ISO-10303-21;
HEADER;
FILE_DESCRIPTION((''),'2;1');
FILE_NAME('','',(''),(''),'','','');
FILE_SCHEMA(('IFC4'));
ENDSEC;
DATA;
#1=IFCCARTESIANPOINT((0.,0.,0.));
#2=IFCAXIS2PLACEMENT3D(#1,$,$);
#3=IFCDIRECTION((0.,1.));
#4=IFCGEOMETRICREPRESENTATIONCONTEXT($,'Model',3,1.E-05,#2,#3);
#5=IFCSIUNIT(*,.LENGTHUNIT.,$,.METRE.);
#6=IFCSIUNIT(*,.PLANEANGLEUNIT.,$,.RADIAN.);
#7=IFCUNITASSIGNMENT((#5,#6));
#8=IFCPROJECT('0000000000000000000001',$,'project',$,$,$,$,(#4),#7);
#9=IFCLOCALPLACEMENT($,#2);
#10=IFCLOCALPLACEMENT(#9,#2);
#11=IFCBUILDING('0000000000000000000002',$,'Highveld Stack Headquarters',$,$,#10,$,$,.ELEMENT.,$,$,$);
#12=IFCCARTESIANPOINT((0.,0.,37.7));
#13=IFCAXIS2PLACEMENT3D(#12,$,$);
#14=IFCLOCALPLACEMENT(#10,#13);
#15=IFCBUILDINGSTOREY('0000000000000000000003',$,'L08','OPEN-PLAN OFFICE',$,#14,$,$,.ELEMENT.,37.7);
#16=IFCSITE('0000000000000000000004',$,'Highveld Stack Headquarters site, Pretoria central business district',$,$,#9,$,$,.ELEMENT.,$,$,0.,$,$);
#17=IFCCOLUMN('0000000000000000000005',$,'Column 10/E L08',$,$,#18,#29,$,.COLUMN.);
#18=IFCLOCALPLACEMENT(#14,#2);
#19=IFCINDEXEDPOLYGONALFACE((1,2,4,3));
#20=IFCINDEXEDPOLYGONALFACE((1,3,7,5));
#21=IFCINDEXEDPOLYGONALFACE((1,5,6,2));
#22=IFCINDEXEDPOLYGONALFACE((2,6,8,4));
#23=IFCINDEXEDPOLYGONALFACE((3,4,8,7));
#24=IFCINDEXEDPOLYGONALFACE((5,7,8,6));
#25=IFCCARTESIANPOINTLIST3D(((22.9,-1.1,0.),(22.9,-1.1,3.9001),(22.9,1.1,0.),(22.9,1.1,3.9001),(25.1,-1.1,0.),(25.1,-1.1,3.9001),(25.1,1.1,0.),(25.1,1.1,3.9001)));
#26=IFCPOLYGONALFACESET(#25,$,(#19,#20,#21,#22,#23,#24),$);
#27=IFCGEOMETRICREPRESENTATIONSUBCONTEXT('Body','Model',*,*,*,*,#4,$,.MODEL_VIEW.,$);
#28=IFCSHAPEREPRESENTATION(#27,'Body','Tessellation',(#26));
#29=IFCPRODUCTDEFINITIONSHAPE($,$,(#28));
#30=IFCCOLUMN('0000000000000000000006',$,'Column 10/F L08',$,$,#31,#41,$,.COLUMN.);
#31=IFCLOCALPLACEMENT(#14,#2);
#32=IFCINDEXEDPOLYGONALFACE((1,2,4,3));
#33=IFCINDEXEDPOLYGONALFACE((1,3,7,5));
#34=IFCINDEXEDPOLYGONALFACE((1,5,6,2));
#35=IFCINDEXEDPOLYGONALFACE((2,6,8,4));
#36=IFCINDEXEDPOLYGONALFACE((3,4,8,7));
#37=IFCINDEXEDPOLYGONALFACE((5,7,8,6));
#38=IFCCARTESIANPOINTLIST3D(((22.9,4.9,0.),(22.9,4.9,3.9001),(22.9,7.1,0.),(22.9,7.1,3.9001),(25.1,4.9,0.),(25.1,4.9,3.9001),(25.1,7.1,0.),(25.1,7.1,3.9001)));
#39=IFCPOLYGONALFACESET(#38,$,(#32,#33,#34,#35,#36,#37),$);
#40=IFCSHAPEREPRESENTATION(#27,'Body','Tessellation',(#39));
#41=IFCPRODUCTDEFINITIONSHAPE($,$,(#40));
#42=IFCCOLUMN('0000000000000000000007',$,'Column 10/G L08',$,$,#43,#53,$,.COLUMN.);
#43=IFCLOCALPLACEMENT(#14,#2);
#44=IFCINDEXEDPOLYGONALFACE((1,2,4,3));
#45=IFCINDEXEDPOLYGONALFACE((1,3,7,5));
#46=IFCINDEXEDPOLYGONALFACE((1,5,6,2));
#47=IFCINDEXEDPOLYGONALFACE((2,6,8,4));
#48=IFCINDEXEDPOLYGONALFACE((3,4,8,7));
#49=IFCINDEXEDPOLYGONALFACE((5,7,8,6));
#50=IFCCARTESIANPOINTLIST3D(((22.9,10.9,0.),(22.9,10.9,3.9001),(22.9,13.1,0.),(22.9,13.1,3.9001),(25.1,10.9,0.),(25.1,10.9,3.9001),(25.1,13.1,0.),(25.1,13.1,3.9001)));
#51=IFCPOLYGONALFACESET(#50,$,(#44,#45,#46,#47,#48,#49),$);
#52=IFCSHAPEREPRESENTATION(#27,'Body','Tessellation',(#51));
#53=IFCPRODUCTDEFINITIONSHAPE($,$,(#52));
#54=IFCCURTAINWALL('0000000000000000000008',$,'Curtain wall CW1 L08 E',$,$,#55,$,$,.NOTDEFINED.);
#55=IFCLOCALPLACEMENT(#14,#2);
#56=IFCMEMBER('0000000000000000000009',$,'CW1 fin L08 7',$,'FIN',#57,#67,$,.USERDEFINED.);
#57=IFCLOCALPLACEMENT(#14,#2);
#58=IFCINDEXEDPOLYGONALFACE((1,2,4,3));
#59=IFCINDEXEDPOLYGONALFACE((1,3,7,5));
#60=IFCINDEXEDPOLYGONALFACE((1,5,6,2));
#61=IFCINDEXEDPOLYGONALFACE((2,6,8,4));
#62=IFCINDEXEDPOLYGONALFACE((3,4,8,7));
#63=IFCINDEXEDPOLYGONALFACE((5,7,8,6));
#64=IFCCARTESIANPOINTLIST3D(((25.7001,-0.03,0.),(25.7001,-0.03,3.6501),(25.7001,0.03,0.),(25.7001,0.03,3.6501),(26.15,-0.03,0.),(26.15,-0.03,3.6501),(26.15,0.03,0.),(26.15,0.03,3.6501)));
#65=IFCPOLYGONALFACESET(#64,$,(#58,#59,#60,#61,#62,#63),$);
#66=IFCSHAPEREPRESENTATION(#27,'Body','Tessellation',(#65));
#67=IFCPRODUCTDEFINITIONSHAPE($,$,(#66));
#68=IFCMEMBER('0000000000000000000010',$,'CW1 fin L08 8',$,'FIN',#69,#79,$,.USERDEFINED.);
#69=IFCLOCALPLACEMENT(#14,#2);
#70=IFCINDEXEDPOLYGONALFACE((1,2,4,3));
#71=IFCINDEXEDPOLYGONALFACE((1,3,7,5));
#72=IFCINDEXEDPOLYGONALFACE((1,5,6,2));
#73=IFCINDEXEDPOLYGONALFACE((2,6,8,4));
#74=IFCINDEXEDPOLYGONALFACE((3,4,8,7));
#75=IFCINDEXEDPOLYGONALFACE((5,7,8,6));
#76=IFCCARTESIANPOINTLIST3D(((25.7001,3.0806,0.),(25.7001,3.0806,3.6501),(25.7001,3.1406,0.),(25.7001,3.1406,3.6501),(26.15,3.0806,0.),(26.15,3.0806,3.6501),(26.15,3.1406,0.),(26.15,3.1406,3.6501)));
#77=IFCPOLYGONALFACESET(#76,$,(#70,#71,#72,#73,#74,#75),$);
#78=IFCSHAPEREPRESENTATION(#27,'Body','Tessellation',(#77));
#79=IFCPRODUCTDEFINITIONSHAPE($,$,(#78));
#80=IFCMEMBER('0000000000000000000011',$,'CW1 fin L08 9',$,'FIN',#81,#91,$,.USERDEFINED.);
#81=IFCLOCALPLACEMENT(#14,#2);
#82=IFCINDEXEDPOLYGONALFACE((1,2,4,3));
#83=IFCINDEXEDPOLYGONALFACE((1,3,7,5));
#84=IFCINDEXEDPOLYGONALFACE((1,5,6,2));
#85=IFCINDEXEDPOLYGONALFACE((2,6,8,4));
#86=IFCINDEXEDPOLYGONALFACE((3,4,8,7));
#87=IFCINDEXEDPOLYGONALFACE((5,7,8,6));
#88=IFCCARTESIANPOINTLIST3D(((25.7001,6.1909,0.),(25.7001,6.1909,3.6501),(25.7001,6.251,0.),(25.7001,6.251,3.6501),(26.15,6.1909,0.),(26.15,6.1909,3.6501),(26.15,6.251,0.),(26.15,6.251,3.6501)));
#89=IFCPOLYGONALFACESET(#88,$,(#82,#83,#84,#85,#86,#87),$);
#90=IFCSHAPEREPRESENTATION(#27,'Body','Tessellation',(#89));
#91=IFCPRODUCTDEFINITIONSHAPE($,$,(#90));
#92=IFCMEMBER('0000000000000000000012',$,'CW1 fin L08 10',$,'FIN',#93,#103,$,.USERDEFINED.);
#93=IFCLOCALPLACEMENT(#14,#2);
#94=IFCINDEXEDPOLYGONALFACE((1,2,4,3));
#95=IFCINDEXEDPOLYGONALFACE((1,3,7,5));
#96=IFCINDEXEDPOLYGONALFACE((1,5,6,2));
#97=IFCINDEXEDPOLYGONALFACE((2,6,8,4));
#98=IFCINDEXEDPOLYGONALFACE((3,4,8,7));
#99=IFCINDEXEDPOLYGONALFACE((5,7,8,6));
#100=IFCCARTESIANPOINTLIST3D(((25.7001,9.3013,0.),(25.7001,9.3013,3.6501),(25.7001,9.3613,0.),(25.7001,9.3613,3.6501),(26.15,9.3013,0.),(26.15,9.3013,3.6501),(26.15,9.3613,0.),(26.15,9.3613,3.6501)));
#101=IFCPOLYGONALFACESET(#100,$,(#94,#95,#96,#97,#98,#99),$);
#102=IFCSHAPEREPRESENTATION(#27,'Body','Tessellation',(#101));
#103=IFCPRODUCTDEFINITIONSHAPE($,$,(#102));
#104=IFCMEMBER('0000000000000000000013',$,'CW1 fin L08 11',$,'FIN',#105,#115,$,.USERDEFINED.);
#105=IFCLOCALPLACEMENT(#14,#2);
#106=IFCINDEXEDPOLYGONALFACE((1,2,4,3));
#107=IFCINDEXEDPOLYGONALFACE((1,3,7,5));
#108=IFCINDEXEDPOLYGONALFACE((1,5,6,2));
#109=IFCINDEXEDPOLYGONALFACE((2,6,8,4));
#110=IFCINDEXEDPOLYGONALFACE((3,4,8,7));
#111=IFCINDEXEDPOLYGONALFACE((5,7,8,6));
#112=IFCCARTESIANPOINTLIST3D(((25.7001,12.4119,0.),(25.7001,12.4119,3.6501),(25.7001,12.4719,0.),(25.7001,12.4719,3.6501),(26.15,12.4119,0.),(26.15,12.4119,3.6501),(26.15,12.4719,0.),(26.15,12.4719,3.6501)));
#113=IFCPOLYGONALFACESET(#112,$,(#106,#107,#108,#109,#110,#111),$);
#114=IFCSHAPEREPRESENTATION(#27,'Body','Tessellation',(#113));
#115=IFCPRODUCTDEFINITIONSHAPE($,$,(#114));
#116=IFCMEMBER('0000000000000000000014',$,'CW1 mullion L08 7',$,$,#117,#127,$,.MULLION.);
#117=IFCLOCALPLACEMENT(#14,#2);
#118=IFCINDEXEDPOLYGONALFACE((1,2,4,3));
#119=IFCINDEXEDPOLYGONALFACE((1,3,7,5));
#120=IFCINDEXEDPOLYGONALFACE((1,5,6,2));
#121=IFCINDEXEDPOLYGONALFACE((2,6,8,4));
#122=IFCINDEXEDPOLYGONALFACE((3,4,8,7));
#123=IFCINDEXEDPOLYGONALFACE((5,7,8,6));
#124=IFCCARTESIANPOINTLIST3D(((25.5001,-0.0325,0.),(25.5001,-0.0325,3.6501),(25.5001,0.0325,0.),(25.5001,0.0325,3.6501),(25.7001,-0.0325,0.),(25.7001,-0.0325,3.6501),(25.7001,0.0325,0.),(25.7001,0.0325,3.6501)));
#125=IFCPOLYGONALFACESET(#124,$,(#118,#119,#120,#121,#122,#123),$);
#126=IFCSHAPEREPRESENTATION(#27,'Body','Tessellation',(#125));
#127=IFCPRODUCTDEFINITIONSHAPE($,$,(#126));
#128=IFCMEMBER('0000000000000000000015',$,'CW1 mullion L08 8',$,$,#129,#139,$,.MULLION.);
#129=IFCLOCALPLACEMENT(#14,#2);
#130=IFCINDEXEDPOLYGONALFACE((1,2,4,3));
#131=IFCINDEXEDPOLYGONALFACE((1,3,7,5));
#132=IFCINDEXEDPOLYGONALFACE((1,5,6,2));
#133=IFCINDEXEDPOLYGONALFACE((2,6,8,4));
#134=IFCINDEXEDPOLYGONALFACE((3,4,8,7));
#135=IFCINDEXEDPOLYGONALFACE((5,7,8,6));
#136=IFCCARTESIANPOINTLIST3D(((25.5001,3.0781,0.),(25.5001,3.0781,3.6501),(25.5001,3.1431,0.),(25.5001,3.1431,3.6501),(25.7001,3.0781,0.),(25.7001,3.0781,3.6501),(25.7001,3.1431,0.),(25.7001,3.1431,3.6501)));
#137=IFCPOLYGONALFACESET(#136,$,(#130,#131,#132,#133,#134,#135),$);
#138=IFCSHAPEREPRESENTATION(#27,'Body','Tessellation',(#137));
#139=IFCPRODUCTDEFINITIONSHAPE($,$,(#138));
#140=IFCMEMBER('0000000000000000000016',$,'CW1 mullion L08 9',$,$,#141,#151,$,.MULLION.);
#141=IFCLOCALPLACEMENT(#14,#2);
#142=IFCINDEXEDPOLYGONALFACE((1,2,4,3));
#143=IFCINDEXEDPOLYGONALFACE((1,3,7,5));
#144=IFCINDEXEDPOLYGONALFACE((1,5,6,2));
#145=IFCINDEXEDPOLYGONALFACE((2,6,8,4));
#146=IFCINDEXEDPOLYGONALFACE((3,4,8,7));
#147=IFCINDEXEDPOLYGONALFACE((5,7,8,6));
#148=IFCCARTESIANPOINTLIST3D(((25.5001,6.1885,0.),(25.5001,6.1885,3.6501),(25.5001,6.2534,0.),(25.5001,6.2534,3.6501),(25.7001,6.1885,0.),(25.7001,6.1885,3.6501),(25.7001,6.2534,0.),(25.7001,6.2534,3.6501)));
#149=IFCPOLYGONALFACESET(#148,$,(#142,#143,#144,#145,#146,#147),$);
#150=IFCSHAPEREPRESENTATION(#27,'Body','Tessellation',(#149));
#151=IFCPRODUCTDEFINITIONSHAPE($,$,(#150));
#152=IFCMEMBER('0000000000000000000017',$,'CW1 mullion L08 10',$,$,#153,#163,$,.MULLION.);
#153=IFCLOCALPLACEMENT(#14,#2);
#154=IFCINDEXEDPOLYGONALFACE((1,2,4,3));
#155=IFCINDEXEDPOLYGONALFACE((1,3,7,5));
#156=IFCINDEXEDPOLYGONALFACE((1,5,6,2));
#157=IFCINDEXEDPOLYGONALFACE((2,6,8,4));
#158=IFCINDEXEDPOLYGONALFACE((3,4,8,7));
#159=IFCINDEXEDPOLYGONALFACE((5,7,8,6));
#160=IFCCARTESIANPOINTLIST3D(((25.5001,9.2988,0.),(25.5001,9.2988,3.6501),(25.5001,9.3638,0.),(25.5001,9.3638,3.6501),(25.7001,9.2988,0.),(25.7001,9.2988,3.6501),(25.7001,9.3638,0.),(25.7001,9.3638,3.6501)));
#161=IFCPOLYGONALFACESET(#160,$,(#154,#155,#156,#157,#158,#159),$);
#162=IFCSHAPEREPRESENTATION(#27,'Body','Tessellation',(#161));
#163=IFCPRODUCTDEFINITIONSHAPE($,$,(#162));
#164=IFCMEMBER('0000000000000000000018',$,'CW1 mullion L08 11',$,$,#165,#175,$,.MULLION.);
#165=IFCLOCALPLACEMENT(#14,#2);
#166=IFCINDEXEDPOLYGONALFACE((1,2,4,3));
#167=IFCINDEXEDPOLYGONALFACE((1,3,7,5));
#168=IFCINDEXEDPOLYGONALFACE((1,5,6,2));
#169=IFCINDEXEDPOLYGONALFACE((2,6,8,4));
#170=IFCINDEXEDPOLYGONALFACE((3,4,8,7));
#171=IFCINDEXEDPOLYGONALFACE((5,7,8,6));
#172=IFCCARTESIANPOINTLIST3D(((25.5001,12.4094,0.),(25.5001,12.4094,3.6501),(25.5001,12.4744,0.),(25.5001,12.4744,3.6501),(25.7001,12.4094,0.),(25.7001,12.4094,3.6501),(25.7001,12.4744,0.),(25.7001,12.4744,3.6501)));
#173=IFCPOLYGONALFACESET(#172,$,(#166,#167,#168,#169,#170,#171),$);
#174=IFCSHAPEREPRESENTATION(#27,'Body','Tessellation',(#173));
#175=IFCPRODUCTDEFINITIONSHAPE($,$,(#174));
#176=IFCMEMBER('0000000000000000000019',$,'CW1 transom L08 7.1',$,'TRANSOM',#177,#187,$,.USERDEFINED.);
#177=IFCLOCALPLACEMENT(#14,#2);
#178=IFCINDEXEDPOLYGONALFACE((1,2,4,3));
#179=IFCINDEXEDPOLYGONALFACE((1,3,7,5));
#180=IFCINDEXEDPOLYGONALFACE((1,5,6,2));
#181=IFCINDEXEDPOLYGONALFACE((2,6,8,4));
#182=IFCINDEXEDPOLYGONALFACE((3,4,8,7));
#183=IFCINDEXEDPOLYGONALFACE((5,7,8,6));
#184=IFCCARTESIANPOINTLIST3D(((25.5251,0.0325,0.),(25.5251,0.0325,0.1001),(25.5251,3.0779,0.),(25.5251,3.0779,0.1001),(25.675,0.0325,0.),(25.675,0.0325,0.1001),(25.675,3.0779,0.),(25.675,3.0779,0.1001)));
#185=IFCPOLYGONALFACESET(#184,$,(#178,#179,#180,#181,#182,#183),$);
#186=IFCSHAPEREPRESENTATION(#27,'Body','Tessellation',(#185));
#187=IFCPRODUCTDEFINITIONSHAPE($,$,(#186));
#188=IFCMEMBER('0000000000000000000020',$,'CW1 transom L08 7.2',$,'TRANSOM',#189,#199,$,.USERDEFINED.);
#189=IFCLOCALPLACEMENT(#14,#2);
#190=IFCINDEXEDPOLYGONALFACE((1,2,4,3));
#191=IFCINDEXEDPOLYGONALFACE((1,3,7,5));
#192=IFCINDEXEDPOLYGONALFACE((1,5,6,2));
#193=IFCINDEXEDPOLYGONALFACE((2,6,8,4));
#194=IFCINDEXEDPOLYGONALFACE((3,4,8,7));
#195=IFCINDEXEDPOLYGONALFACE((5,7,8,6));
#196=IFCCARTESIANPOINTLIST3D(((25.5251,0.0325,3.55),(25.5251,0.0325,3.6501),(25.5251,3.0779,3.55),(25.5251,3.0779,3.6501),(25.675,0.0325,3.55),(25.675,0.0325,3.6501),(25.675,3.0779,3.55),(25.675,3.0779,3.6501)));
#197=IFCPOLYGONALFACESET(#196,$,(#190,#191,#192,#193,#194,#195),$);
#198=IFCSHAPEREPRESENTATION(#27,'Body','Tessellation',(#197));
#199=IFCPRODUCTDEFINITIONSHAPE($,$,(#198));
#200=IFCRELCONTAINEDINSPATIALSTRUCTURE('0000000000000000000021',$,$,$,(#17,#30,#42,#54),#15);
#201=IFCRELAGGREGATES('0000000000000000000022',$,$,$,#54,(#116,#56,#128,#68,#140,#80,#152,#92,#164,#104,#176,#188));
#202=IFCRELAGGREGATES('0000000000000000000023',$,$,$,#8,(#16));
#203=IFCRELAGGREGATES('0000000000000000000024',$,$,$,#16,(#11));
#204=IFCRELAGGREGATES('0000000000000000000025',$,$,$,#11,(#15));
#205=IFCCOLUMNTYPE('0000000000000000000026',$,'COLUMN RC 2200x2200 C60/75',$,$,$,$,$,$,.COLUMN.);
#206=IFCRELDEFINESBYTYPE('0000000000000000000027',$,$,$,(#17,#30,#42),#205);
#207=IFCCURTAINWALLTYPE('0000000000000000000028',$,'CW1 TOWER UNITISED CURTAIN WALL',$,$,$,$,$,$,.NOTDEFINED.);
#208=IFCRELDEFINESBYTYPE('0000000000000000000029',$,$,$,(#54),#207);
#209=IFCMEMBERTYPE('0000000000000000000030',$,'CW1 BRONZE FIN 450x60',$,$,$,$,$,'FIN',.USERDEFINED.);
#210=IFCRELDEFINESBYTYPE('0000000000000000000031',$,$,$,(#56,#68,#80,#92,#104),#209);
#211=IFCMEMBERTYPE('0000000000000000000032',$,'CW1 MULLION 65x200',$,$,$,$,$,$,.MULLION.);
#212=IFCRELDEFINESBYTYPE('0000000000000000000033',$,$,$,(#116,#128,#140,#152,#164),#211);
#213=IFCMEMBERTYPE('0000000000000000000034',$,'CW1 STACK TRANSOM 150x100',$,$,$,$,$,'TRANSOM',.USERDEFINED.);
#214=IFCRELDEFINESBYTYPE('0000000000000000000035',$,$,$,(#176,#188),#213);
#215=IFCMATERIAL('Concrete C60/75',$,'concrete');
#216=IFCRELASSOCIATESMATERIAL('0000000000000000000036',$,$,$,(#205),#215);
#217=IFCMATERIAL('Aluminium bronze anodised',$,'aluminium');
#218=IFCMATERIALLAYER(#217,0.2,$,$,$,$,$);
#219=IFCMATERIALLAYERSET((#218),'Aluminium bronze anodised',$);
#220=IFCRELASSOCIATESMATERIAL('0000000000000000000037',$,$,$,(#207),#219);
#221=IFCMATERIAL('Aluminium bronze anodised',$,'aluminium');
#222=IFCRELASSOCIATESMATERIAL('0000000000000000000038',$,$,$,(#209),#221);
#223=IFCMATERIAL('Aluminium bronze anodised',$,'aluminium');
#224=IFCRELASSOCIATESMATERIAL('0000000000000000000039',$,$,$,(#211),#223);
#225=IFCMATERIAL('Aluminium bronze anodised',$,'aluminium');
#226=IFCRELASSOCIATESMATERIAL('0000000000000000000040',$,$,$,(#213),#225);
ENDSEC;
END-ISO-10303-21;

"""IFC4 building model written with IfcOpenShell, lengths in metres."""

from ifc_helpers import new_model, si_unit, direction, frame, origin, origin_2d, place, context, subcontext, project, spatial, rectangle, extrude, material, layer, layer_set, material_profile, profile_set, type_object, element, aggregate, save


model = new_model("IFC4")

# Units and contexts
model_context = context("Model", 3, precision=1e-05, world=origin(), true_north=direction((0.0, 1.0)))
body_context = subcontext(model_context, "Body", "Model", "MODEL_VIEW")
ifc_project = project(units=[si_unit("LENGTHUNIT", "METRE"), si_unit("PLANEANGLEUNIT", "RADIAN")], contexts=[model_context])

# Site, building, storey
site_placement = place(None, origin())
site = spatial("IfcSite", under=ifc_project, at=site_placement, Name="Highveld Stack Headquarters site, Pretoria central business district", CompositionType="ELEMENT", RefElevation=0.0)
building_placement = place(site_placement, origin())
building = spatial("IfcBuilding", under=site, at=building_placement, Name="Highveld Stack Headquarters", CompositionType="ELEMENT")
storey_placement = place(building_placement, frame((0.0, 0.0, 37.7)))
storey = spatial("IfcBuildingStorey", under=building, at=storey_placement, Name="L08", Description="OPEN-PLAN OFFICE", CompositionType="ELEMENT", Elevation=37.7)

# Columns
ifc_material_1 = material(Name="Concrete C60/75", Category="concrete")
ifc_material_profile_1 = material_profile(ifc_material_1, rectangle(XDim=2.2, YDim=2.2, at=origin_2d()), Name="RC 2200x2200")
ifc_profile_set_1 = profile_set([ifc_material_profile_1], Name="Concrete C60/75")
column_type = type_object("IfcColumnType", Name="COLUMN RC 2200x2200 C60/75", PredefinedType="COLUMN", material=ifc_profile_set_1)
for number, where, z_axis, x_axis, name in (
    (1, (24.0, 0.0, 0.0), (0.0, 0.0, 1.0), (1.0, 0.0, 0.0), "Column 10/E L08"),
    (2, (24.0, 6.0, 0.0), (0.0, 0.0, 1.0), (1.0, 0.0, 0.0), "Column 10/F L08"),
    (3, (24.0, 12.0, 0.0), (0.0, 0.0, 1.0), (1.0, 0.0, 0.0), "Column 10/G L08"),
):
    element("IfcColumn", number, at=place(storey_placement, frame(where, z_axis=z_axis, x_axis=x_axis)), inside=storey, type_object=column_type, Name=name, PredefinedType="COLUMN", context=body_context, shape_type="SweptSolid", body=[
        extrude(rectangle(XDim=2.2, YDim=2.2, at=origin_2d()), origin(), (0.0, 0.0, 1.0), 3.9001),
    ])

# Curtain wall, members
ifc_material_2 = material(Name="Aluminium bronze anodised", Category="aluminium")
ifc_layer_1 = layer(ifc_material_2, 0.2)
ifc_layer_set_1 = layer_set([ifc_layer_1], Name="Aluminium bronze anodised")
curtain_wall_type = type_object("IfcCurtainWallType", Name="CW1 TOWER UNITISED CURTAIN WALL", PredefinedType="NOTDEFINED", material=ifc_layer_set_1)
curtain_wall_placement = place(storey_placement, origin())
curtain_wall = element("IfcCurtainWall", 4, at=curtain_wall_placement, inside=storey, type_object=curtain_wall_type, Name="Curtain wall CW1 L08 E", PredefinedType="NOTDEFINED")
ifc_material_3 = material(Name="Aluminium bronze anodised", Category="aluminium")
ifc_material_profile_2 = material_profile(ifc_material_3, rectangle(XDim=0.45, YDim=0.0601, at=origin_2d()), Name="FIN 450x60")
ifc_profile_set_2 = profile_set([ifc_material_profile_2], Name="Aluminium bronze anodised")
member_type_1 = type_object("IfcMemberType", Name="CW1 BRONZE FIN 450x60", ElementType="FIN", PredefinedType="USERDEFINED", material=ifc_profile_set_2)
member_1_placement = place(storey_placement, frame((25.925, 0.0, 0.0), z_axis=(0.0, 0.0, 1.0), x_axis=(-1.0, 0.0, 0.0)))
member_1 = element("IfcMember", 5, at=member_1_placement, type_object=member_type_1, Name="CW1 fin L08 7", ObjectType="FIN", PredefinedType="USERDEFINED", context=body_context, shape_type="SweptSolid", body=[
    extrude(rectangle(XDim=0.45, YDim=0.0601, at=origin_2d()), origin(), (0.0, 0.0, 1.0), 3.6501),
])
member_2_placement = place(storey_placement, frame((25.925, 3.1106, 0.0), z_axis=(0.0, 0.0, 1.0), x_axis=(-1.0, 0.0, 0.0)))
member_2 = element("IfcMember", 6, at=member_2_placement, type_object=member_type_1, Name="CW1 fin L08 8", ObjectType="FIN", PredefinedType="USERDEFINED", context=body_context, shape_type="SweptSolid", body=[
    extrude(rectangle(XDim=0.45, YDim=0.0601, at=origin_2d()), origin(), (0.0, 0.0, 1.0), 3.6501),
])
member_3_placement = place(storey_placement, frame((25.925, 6.2209, 0.0), z_axis=(0.0, 0.0, 1.0), x_axis=(-1.0, 0.0, 0.0)))
member_3 = element("IfcMember", 7, at=member_3_placement, type_object=member_type_1, Name="CW1 fin L08 9", ObjectType="FIN", PredefinedType="USERDEFINED", context=body_context, shape_type="SweptSolid", body=[
    extrude(rectangle(XDim=0.45, YDim=0.0601, at=origin_2d()), origin(), (0.0, 0.0, 1.0), 3.6501),
])
member_4_placement = place(storey_placement, frame((25.925, 9.3313, 0.0), z_axis=(0.0, 0.0, 1.0), x_axis=(-1.0, 0.0, 0.0)))
member_4 = element("IfcMember", 8, at=member_4_placement, type_object=member_type_1, Name="CW1 fin L08 10", ObjectType="FIN", PredefinedType="USERDEFINED", context=body_context, shape_type="SweptSolid", body=[
    extrude(rectangle(XDim=0.45, YDim=0.0601, at=origin_2d()), origin(), (0.0, 0.0, 1.0), 3.6501),
])
member_5_placement = place(storey_placement, frame((25.925, 12.4419, 0.0), z_axis=(0.0, 0.0, 1.0), x_axis=(-1.0, 0.0, 0.0)))
member_5 = element("IfcMember", 9, at=member_5_placement, type_object=member_type_1, Name="CW1 fin L08 11", ObjectType="FIN", PredefinedType="USERDEFINED", context=body_context, shape_type="SweptSolid", body=[
    extrude(rectangle(XDim=0.45, YDim=0.0601, at=origin_2d()), origin(), (0.0, 0.0, 1.0), 3.6501),
])
ifc_material_4 = material(Name="Aluminium bronze anodised", Category="aluminium")
ifc_material_profile_3 = material_profile(ifc_material_4, rectangle(XDim=0.2, YDim=0.0649, at=origin_2d()), Name="CW1 MULLION 65x200")
ifc_profile_set_3 = profile_set([ifc_material_profile_3], Name="Aluminium bronze anodised")
member_type_2 = type_object("IfcMemberType", Name="CW1 MULLION 65x200", PredefinedType="MULLION", material=ifc_profile_set_3)
member_6_placement = place(storey_placement, frame((25.6001, 0.0, 0.0), z_axis=(0.0, 0.0, 1.0), x_axis=(-1.0, 0.0, 0.0)))
member_6 = element("IfcMember", 10, at=member_6_placement, type_object=member_type_2, Name="CW1 mullion L08 7", PredefinedType="MULLION", context=body_context, shape_type="SweptSolid", body=[
    extrude(rectangle(XDim=0.2, YDim=0.0649, at=origin_2d()), origin(), (0.0, 0.0, 1.0), 3.6501),
])
member_7_placement = place(storey_placement, frame((25.6001, 3.1106, 0.0), z_axis=(0.0, 0.0, 1.0), x_axis=(-1.0, 0.0, 0.0)))
member_7 = element("IfcMember", 11, at=member_7_placement, type_object=member_type_2, Name="CW1 mullion L08 8", PredefinedType="MULLION", context=body_context, shape_type="SweptSolid", body=[
    extrude(rectangle(XDim=0.2, YDim=0.0649, at=origin_2d()), origin(), (0.0, 0.0, 1.0), 3.6501),
])
member_8_placement = place(storey_placement, frame((25.6001, 6.2209, 0.0), z_axis=(0.0, 0.0, 1.0), x_axis=(-1.0, 0.0, 0.0)))
member_8 = element("IfcMember", 12, at=member_8_placement, type_object=member_type_2, Name="CW1 mullion L08 9", PredefinedType="MULLION", context=body_context, shape_type="SweptSolid", body=[
    extrude(rectangle(XDim=0.2, YDim=0.0649, at=origin_2d()), origin(), (0.0, 0.0, 1.0), 3.6501),
])
member_9_placement = place(storey_placement, frame((25.6001, 9.3313, 0.0), z_axis=(0.0, 0.0, 1.0), x_axis=(-1.0, 0.0, 0.0)))
member_9 = element("IfcMember", 13, at=member_9_placement, type_object=member_type_2, Name="CW1 mullion L08 10", PredefinedType="MULLION", context=body_context, shape_type="SweptSolid", body=[
    extrude(rectangle(XDim=0.2, YDim=0.0649, at=origin_2d()), origin(), (0.0, 0.0, 1.0), 3.6501),
])
member_10_placement = place(storey_placement, frame((25.6001, 12.4419, 0.0), z_axis=(0.0, 0.0, 1.0), x_axis=(-1.0, 0.0, 0.0)))
member_10 = element("IfcMember", 14, at=member_10_placement, type_object=member_type_2, Name="CW1 mullion L08 11", PredefinedType="MULLION", context=body_context, shape_type="SweptSolid", body=[
    extrude(rectangle(XDim=0.2, YDim=0.0649, at=origin_2d()), origin(), (0.0, 0.0, 1.0), 3.6501),
])
ifc_material_5 = material(Name="Aluminium bronze anodised", Category="aluminium")
ifc_material_profile_4 = material_profile(ifc_material_5, rectangle(XDim=0.1499, YDim=0.1001, at=origin_2d()), Name="CW1 TRANSOM 150x100")
ifc_profile_set_4 = profile_set([ifc_material_profile_4], Name="Aluminium bronze anodised")
member_type_3 = type_object("IfcMemberType", Name="CW1 STACK TRANSOM 150x100", ElementType="TRANSOM", PredefinedType="USERDEFINED", material=ifc_profile_set_4)
member_11_placement = place(storey_placement, frame((25.6001, 0.0325, 0.05), z_axis=(0.0, 1.0, 0.0), x_axis=(-1.0, 0.0, 0.0)))
member_11 = element("IfcMember", 15, at=member_11_placement, type_object=member_type_3, Name="CW1 transom L08 7.1", ObjectType="TRANSOM", PredefinedType="USERDEFINED", context=body_context, shape_type="SweptSolid", body=[
    extrude(rectangle(XDim=0.1499, YDim=0.1001, at=origin_2d()), origin(), (0.0, 0.0, 1.0), 3.0454),
])
member_12_placement = place(storey_placement, frame((25.6001, 0.0325, 3.6001), z_axis=(0.0, 1.0, 0.0), x_axis=(-1.0, 0.0, 0.0)))
member_12 = element("IfcMember", 16, at=member_12_placement, type_object=member_type_3, Name="CW1 transom L08 7.2", ObjectType="TRANSOM", PredefinedType="USERDEFINED", context=body_context, shape_type="SweptSolid", body=[
    extrude(rectangle(XDim=0.1499, YDim=0.1001, at=origin_2d()), origin(), (0.0, 0.0, 1.0), 3.0454),
])
aggregate(curtain_wall, [member_6, member_1, member_7, member_2, member_8, member_3, member_9, member_4, member_10, member_5, member_11, member_12])

save(model, "model.ifc")
